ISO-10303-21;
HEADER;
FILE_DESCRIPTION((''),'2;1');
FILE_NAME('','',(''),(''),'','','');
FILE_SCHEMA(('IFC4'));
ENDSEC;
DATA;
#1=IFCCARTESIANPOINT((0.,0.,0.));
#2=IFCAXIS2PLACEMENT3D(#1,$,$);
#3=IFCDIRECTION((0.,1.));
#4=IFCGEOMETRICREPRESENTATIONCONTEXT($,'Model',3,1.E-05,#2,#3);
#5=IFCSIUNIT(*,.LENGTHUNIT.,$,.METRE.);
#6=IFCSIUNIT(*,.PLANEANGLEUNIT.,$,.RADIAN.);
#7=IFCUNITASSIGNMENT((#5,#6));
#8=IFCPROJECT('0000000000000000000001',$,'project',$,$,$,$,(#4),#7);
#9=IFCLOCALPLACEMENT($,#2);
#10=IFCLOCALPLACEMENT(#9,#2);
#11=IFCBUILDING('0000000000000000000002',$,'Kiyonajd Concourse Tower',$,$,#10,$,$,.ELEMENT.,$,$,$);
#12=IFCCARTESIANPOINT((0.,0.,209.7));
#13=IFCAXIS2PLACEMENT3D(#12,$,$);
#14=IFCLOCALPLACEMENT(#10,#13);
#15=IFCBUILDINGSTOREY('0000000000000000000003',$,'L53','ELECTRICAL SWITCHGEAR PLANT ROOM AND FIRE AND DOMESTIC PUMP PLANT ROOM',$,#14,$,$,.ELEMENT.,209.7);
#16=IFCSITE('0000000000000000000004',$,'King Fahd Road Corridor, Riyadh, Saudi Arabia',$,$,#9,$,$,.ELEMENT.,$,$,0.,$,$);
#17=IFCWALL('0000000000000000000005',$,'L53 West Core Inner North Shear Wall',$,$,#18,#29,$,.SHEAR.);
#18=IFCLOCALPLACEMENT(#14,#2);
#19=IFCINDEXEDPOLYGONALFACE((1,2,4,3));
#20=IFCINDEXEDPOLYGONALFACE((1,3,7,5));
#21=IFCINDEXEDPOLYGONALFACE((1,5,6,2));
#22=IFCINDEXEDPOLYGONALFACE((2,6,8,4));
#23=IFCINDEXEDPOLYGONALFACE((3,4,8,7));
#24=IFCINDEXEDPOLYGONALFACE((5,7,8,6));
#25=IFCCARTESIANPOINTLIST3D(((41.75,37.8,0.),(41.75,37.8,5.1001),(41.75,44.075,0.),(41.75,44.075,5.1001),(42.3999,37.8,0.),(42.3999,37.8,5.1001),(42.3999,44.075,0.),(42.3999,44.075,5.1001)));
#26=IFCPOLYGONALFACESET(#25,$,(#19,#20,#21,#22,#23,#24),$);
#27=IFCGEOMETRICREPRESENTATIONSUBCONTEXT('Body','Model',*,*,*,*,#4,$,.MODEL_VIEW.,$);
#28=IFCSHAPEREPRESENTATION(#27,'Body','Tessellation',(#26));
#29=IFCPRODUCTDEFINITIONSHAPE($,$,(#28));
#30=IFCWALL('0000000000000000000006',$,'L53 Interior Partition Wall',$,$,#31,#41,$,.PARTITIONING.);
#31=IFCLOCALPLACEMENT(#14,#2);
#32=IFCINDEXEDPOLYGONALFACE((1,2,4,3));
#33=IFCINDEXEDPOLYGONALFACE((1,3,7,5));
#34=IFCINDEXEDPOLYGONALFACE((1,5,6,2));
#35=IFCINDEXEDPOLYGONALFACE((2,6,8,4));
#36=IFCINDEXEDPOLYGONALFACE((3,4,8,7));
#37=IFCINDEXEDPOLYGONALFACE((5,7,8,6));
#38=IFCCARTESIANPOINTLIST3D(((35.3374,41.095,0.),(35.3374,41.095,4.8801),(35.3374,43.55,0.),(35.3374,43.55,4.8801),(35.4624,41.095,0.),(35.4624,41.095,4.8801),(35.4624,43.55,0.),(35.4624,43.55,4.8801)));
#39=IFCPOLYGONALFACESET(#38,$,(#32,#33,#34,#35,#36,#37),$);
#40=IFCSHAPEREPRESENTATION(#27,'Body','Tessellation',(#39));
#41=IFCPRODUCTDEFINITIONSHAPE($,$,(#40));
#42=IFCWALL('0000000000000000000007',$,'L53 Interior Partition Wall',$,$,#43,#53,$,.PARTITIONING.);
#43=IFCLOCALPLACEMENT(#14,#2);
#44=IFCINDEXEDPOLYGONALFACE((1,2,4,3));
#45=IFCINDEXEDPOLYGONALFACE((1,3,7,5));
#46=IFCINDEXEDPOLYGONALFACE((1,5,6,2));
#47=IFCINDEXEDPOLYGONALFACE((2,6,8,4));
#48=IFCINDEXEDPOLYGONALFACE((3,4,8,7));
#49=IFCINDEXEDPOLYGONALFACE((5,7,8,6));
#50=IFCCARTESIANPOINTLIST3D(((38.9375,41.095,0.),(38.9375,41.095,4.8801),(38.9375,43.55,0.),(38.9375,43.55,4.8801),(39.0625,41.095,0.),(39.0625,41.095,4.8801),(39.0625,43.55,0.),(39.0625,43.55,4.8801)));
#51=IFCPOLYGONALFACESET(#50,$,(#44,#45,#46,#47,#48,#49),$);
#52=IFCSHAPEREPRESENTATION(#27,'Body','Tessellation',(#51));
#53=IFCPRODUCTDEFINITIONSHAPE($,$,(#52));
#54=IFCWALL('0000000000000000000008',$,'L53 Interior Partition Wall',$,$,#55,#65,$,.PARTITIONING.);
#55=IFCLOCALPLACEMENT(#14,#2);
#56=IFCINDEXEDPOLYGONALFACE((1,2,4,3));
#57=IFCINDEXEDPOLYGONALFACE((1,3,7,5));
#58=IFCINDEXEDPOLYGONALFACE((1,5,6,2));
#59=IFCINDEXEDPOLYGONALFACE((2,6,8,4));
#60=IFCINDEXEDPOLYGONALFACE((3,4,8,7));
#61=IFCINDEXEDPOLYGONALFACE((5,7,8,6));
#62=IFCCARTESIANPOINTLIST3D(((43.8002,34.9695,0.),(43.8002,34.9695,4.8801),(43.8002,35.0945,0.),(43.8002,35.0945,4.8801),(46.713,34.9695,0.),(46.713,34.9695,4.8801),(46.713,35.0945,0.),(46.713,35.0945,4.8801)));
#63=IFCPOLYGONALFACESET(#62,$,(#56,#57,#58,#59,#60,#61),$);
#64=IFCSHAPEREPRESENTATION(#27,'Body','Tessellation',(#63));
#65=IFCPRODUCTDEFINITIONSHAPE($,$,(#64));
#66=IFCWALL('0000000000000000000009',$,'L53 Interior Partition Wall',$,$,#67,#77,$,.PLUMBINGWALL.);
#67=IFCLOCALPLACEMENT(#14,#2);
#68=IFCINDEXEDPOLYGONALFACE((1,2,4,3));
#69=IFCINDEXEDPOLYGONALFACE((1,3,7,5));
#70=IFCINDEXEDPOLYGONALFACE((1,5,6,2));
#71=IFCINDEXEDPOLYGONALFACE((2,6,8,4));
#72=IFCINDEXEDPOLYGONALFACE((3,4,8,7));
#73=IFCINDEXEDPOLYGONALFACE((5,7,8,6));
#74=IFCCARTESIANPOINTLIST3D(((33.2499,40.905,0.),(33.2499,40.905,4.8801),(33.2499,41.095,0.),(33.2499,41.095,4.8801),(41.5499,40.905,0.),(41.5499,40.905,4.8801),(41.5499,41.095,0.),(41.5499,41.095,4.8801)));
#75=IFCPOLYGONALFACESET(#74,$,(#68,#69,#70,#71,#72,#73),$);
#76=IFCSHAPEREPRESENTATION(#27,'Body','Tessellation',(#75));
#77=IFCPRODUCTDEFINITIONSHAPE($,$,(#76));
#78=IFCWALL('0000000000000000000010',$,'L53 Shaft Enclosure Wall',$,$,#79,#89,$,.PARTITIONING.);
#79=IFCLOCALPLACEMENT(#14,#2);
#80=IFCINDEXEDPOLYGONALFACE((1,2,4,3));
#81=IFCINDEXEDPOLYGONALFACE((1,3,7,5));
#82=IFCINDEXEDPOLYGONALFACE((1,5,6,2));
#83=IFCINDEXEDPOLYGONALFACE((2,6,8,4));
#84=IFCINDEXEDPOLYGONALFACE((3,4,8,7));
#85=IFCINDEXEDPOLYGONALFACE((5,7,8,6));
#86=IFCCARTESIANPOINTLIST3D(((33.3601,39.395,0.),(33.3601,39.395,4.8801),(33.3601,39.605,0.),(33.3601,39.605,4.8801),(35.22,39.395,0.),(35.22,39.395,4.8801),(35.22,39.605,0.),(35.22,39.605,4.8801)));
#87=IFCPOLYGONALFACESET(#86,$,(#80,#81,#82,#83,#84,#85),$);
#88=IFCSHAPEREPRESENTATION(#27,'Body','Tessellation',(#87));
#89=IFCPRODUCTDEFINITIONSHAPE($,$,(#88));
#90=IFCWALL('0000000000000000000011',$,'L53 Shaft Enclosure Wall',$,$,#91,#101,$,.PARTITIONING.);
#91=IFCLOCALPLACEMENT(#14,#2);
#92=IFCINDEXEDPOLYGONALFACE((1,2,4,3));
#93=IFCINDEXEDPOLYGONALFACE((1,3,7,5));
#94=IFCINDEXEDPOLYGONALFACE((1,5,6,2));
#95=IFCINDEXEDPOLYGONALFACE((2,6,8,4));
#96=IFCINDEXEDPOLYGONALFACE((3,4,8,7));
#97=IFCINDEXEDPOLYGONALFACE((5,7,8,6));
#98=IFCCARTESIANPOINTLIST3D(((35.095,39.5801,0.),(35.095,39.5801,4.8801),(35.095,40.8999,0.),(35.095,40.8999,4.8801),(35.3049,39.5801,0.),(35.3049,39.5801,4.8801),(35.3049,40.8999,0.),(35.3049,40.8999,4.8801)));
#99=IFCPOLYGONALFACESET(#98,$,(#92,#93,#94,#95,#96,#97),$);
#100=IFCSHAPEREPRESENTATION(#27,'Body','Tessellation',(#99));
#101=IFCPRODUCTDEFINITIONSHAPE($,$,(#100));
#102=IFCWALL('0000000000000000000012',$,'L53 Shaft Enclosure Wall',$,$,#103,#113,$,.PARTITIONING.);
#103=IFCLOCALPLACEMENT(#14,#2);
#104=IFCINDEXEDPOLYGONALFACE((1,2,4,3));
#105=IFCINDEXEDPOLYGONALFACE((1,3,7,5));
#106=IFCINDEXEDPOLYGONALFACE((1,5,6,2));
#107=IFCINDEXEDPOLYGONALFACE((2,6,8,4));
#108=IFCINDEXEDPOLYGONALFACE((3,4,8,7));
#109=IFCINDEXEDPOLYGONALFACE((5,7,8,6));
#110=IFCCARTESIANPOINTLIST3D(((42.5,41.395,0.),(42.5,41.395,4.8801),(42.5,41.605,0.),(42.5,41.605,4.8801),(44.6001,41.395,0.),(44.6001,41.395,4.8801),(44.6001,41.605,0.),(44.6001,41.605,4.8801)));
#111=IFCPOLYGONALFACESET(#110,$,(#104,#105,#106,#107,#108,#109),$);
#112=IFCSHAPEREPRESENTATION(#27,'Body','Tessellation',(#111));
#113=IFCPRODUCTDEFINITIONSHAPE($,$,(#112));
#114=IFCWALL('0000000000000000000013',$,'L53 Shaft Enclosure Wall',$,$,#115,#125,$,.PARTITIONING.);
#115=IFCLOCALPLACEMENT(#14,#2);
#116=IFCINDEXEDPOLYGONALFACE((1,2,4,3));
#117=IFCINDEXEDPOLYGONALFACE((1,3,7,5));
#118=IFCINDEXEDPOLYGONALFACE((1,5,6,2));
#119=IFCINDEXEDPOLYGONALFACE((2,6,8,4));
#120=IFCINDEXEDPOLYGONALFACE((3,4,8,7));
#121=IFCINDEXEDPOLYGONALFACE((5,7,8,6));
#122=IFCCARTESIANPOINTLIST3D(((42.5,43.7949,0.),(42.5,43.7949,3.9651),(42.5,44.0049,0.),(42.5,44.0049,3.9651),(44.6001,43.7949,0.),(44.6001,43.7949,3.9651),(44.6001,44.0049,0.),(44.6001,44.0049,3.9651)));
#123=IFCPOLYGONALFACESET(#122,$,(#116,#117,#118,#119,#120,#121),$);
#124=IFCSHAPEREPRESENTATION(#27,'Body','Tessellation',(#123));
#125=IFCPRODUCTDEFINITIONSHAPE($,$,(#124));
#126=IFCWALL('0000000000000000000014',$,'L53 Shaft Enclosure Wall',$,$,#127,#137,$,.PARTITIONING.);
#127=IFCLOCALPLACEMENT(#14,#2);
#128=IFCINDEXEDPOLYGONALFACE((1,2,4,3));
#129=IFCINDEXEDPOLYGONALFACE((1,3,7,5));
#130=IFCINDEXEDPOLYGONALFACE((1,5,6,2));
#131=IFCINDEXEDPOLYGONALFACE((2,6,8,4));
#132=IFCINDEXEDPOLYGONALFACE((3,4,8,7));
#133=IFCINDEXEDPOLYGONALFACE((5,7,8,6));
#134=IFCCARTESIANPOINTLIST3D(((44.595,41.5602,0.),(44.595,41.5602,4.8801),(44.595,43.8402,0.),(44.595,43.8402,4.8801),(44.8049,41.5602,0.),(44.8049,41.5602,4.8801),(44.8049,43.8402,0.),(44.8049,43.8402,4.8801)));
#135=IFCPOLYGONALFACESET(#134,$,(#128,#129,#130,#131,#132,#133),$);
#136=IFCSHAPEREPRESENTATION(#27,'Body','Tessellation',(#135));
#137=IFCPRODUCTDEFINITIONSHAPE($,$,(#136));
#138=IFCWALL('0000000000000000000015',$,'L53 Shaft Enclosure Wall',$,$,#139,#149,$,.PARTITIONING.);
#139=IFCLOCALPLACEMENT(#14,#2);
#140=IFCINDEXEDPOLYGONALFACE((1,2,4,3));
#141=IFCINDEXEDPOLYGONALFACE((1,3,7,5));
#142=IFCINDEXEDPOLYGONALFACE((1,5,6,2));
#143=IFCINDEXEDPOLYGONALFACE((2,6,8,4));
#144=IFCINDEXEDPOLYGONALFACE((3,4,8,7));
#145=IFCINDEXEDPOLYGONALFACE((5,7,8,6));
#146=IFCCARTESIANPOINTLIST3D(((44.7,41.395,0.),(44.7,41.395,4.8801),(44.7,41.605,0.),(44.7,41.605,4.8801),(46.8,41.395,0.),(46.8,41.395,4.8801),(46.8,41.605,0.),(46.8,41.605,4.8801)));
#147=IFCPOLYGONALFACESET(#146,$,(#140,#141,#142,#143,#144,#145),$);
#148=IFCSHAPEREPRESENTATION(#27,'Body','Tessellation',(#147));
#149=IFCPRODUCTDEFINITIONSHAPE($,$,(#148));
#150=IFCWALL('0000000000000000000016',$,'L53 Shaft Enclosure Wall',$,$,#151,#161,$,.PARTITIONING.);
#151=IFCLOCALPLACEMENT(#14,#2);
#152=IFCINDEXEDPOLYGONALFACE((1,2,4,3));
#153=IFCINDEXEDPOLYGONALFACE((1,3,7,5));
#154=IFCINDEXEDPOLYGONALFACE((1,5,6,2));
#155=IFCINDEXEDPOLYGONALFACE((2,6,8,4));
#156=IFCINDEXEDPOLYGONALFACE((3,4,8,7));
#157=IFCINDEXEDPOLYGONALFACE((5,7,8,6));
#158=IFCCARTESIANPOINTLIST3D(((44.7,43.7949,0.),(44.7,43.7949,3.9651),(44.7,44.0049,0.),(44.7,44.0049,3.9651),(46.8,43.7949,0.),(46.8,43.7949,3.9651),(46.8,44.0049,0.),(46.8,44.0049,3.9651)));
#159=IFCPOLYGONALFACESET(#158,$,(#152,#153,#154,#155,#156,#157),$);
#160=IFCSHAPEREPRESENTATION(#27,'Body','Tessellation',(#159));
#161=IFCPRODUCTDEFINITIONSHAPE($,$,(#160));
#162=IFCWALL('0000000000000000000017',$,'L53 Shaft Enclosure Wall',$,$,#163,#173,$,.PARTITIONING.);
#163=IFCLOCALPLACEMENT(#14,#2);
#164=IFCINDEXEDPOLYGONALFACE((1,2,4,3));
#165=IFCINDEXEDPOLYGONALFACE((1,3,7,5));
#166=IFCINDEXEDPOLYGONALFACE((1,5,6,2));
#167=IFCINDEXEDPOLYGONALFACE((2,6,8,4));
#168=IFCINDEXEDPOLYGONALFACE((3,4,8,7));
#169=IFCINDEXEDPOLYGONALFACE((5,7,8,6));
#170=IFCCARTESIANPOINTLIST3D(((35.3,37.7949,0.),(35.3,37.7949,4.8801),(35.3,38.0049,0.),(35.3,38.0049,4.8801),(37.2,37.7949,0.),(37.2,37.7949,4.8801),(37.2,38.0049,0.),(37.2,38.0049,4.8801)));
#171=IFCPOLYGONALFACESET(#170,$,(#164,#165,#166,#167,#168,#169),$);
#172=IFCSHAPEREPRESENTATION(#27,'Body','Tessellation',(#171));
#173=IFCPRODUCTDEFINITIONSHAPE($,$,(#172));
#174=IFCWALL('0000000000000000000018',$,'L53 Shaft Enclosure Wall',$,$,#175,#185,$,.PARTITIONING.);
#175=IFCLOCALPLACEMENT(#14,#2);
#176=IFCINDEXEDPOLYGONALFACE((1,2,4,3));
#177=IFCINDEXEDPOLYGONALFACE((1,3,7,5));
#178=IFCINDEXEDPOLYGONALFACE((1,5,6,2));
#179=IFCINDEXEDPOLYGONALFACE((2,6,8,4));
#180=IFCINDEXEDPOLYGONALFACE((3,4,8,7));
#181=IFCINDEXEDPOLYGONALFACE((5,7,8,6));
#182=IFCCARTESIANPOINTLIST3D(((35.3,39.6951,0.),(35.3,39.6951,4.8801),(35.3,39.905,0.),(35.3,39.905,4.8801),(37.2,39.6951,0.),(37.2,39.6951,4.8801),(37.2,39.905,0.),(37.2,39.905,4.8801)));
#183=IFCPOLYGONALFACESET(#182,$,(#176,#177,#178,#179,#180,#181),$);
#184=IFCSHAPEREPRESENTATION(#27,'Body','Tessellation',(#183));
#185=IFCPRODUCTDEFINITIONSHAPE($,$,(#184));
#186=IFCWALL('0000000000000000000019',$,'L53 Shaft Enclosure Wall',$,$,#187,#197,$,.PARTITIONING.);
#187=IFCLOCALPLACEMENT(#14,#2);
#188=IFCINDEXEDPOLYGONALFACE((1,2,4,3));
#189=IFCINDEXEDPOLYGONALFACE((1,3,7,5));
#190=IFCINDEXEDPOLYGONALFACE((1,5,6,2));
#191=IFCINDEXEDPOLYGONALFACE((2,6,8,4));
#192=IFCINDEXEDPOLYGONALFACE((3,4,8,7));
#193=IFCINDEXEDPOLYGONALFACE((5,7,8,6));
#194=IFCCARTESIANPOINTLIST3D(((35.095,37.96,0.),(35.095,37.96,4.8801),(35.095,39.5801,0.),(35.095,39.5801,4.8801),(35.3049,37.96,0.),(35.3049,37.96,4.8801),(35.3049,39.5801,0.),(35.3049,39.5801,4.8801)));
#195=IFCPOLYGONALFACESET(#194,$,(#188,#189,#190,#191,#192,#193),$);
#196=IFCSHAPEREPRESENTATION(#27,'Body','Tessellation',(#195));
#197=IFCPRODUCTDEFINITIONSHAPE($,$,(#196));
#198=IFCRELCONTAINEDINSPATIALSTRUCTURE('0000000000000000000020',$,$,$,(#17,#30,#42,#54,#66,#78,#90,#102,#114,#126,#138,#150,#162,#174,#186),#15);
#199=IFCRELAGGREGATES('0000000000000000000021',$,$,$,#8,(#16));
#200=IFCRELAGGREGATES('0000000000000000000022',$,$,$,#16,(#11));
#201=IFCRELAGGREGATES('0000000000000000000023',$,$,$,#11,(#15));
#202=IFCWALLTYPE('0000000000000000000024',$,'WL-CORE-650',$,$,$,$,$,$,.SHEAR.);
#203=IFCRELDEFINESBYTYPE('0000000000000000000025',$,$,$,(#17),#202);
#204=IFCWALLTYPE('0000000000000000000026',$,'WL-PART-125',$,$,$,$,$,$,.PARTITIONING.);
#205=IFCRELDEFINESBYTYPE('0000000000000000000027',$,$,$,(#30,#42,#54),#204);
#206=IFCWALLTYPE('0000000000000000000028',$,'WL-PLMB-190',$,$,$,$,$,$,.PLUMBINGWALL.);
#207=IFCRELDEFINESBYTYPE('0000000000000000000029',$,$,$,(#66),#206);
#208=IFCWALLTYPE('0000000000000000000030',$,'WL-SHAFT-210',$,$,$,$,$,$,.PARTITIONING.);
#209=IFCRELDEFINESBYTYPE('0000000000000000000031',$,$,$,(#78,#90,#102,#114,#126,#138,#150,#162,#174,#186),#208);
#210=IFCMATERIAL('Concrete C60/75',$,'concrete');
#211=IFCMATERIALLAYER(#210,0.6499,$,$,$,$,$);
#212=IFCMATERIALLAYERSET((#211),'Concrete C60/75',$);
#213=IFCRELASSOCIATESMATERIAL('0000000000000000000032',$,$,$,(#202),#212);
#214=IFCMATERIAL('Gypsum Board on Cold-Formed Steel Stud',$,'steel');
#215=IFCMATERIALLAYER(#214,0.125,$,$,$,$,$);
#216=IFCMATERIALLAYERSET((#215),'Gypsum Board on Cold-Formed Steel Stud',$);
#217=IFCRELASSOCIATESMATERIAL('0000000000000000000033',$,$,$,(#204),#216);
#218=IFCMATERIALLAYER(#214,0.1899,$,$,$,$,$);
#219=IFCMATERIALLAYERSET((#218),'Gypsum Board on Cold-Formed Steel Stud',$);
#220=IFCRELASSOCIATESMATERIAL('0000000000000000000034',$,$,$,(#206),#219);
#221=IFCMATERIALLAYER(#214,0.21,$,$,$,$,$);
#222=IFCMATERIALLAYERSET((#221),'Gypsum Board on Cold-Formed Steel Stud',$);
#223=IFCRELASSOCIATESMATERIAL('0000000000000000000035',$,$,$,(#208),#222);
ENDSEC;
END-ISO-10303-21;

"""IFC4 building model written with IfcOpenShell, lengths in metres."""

from ifc_helpers import new_model, si_unit, direction, frame, frame_2d, origin, place, context, subcontext, project, spatial, rectangle, extrude, material, layer, layer_set, type_object, element, save


model = new_model("IFC4")

# Units and contexts
model_context = context("Model", 3, precision=1e-05, world=origin(), true_north=direction((0.0, 1.0)))
body_context = subcontext(model_context, "Body", "Model", "MODEL_VIEW")
ifc_project = project(units=[si_unit("LENGTHUNIT", "METRE"), si_unit("PLANEANGLEUNIT", "RADIAN")], contexts=[model_context])

# Site, building, storey
site_placement = place(None, origin())
site = spatial("IfcSite", under=ifc_project, at=site_placement, Name="King Fahd Road Corridor, Riyadh, Saudi Arabia", CompositionType="ELEMENT", RefElevation=0.0)
building_placement = place(site_placement, origin())
building = spatial("IfcBuilding", under=site, at=building_placement, Name="Kiyonajd Concourse Tower", CompositionType="ELEMENT")
storey_placement = place(building_placement, frame((0.0, 0.0, 209.7)))
storey = spatial("IfcBuildingStorey", under=building, at=storey_placement, Name="L53", Description="ELECTRICAL SWITCHGEAR PLANT ROOM AND FIRE AND DOMESTIC PUMP PLANT ROOM", CompositionType="ELEMENT", Elevation=209.7)

# Walls
ifc_material_1 = material(Name="Concrete C60/75", Category="concrete")
ifc_layer_1 = layer(ifc_material_1, 0.6499)
ifc_layer_set_1 = layer_set([ifc_layer_1], Name="Concrete C60/75")
wall_type_1 = type_object("IfcWallType", Name="WL-CORE-650", PredefinedType="SHEAR", material=ifc_layer_set_1)
wall_1_placement = place(storey_placement, frame((42.075, 37.8, 0.0), z_axis=(0.0, 0.0, 1.0), x_axis=(0.0, 1.0, 0.0)))
element("IfcWall", 1, at=wall_1_placement, inside=storey, type_object=wall_type_1, Name="L53 West Core Inner North Shear Wall", PredefinedType="SHEAR", context=body_context, shape_type="SweptSolid", body=[
    extrude(rectangle(XDim=6.2749, YDim=0.6499, at=frame_2d((3.1375, 0.0))), origin(), (0.0, 0.0, 1.0), 5.1001),
])
ifc_material_2 = material(Name="Gypsum Board on Cold-Formed Steel Stud", Category="steel")
ifc_layer_2 = layer(ifc_material_2, 0.125)
ifc_layer_set_2 = layer_set([ifc_layer_2], Name="Gypsum Board on Cold-Formed Steel Stud")
wall_type_2 = type_object("IfcWallType", Name="WL-PART-125", PredefinedType="PARTITIONING", material=ifc_layer_set_2)
for number, where, z_axis, x_axis, name in (
    (2, (35.3999, 41.095, 0.0), (0.0, 0.0, 1.0), (0.0, 1.0, 0.0), "L53 Interior Partition Wall"),
    (3, (39.0, 41.095, 0.0), (0.0, 0.0, 1.0), (0.0, 1.0, 0.0), "L53 Interior Partition Wall"),
):
    element("IfcWall", number, at=place(storey_placement, frame(where, z_axis=z_axis, x_axis=x_axis)), inside=storey, type_object=wall_type_2, Name=name, PredefinedType="PARTITIONING", context=body_context, shape_type="SweptSolid", body=[
        extrude(rectangle(XDim=2.4551, YDim=0.125, at=frame_2d((1.2275, 0.0))), origin(), (0.0, 0.0, 1.0), 4.8801),
    ])
wall_2_placement = place(storey_placement, frame((43.8, 35.032, 0.0), z_axis=(0.0, 0.0, 1.0), x_axis=(1.0, 0.0, 0.0)))
element("IfcWall", 4, at=wall_2_placement, inside=storey, type_object=wall_type_2, Name="L53 Interior Partition Wall", PredefinedType="PARTITIONING", context=body_context, shape_type="SweptSolid", body=[
    extrude(rectangle(XDim=2.9128, YDim=0.125, at=frame_2d((1.4565, 0.0))), origin(), (0.0, 0.0, 1.0), 4.8801),
])
ifc_layer_3 = layer(ifc_material_2, 0.1899)
ifc_layer_set_3 = layer_set([ifc_layer_3], Name="Gypsum Board on Cold-Formed Steel Stud")
wall_type_3 = type_object("IfcWallType", Name="WL-PLMB-190", PredefinedType="PLUMBINGWALL", material=ifc_layer_set_3)
wall_3_placement = place(storey_placement, frame((33.25, 41.0, 0.0), z_axis=(0.0, 0.0, 1.0), x_axis=(1.0, 0.0, 0.0)))
element("IfcWall", 5, at=wall_3_placement, inside=storey, type_object=wall_type_3, Name="L53 Interior Partition Wall", PredefinedType="PLUMBINGWALL", context=body_context, shape_type="SweptSolid", body=[
    extrude(rectangle(XDim=8.3, YDim=0.1899, at=frame_2d((4.1499, 0.0))), origin(), (0.0, 0.0, 1.0), 4.8801),
])
ifc_layer_4 = layer(ifc_material_2, 0.21)
ifc_layer_set_4 = layer_set([ifc_layer_4], Name="Gypsum Board on Cold-Formed Steel Stud")
wall_type_4 = type_object("IfcWallType", Name="WL-SHAFT-210", PredefinedType="PARTITIONING", material=ifc_layer_set_4)
wall_4_placement = place(storey_placement, frame((33.3601, 39.5, 0.0), z_axis=(0.0, 0.0, 1.0), x_axis=(1.0, 0.0, 0.0)))
element("IfcWall", 6, at=wall_4_placement, inside=storey, type_object=wall_type_4, Name="L53 Shaft Enclosure Wall", PredefinedType="PARTITIONING", context=body_context, shape_type="SweptSolid", body=[
    extrude(rectangle(XDim=1.8599, YDim=0.21, at=frame_2d((0.9299, 0.0))), origin(), (0.0, 0.0, 1.0), 4.8801),
])
wall_5_placement = place(storey_placement, frame((35.2, 39.5801, 0.0), z_axis=(0.0, 0.0, 1.0), x_axis=(0.0, 1.0, 0.0)))
element("IfcWall", 7, at=wall_5_placement, inside=storey, type_object=wall_type_4, Name="L53 Shaft Enclosure Wall", PredefinedType="PARTITIONING", context=body_context, shape_type="SweptSolid", body=[
    extrude(rectangle(XDim=1.3198, YDim=0.21, at=frame_2d((0.6599, 0.0))), origin(), (0.0, 0.0, 1.0), 4.8801),
])
wall_6_placement = place(storey_placement, frame((42.5, 41.5, 0.0), z_axis=(0.0, 0.0, 1.0), x_axis=(1.0, 0.0, 0.0)))
element("IfcWall", 8, at=wall_6_placement, inside=storey, type_object=wall_type_4, Name="L53 Shaft Enclosure Wall", PredefinedType="PARTITIONING", context=body_context, shape_type="SweptSolid", body=[
    extrude(rectangle(XDim=2.1001, YDim=0.21, at=frame_2d((1.05, 0.0))), origin(), (0.0, 0.0, 1.0), 4.8801),
])
wall_7_placement = place(storey_placement, frame((42.5, 43.8999, 0.0), z_axis=(0.0, 0.0, 1.0), x_axis=(1.0, 0.0, 0.0)))
element("IfcWall", 9, at=wall_7_placement, inside=storey, type_object=wall_type_4, Name="L53 Shaft Enclosure Wall", PredefinedType="PARTITIONING", context=body_context, shape_type="SweptSolid", body=[
    extrude(rectangle(XDim=2.1001, YDim=0.21, at=frame_2d((1.05, 0.0))), origin(), (0.0, 0.0, 1.0), 3.9651),
])
wall_8_placement = place(storey_placement, frame((44.7, 41.5601, 0.0), z_axis=(0.0, 0.0, 1.0), x_axis=(0.0, 1.0, 0.0)))
element("IfcWall", 10, at=wall_8_placement, inside=storey, type_object=wall_type_4, Name="L53 Shaft Enclosure Wall", PredefinedType="PARTITIONING", context=body_context, shape_type="SweptSolid", body=[
    extrude(rectangle(XDim=2.28, YDim=0.21, at=frame_2d((1.1401, 0.0))), origin(), (0.0, 0.0, 1.0), 4.8801),
])
wall_9_placement = place(storey_placement, frame((44.7, 41.5, 0.0), z_axis=(0.0, 0.0, 1.0), x_axis=(1.0, 0.0, 0.0)))
element("IfcWall", 11, at=wall_9_placement, inside=storey, type_object=wall_type_4, Name="L53 Shaft Enclosure Wall", PredefinedType="PARTITIONING", context=body_context, shape_type="SweptSolid", body=[
    extrude(rectangle(XDim=2.1001, YDim=0.21, at=frame_2d((1.05, 0.0))), origin(), (0.0, 0.0, 1.0), 4.8801),
])
wall_10_placement = place(storey_placement, frame((44.7, 43.8999, 0.0), z_axis=(0.0, 0.0, 1.0), x_axis=(1.0, 0.0, 0.0)))
element("IfcWall", 12, at=wall_10_placement, inside=storey, type_object=wall_type_4, Name="L53 Shaft Enclosure Wall", PredefinedType="PARTITIONING", context=body_context, shape_type="SweptSolid", body=[
    extrude(rectangle(XDim=2.1001, YDim=0.21, at=frame_2d((1.05, 0.0))), origin(), (0.0, 0.0, 1.0), 3.9651),
])
for number, where, z_axis, x_axis, name in (
    (13, (35.3, 37.8999, 0.0), (0.0, 0.0, 1.0), (1.0, 0.0, 0.0), "L53 Shaft Enclosure Wall"),
    (14, (35.3, 39.8, 0.0), (0.0, 0.0, 1.0), (1.0, 0.0, 0.0), "L53 Shaft Enclosure Wall"),
):
    element("IfcWall", number, at=place(storey_placement, frame(where, z_axis=z_axis, x_axis=x_axis)), inside=storey, type_object=wall_type_4, Name=name, PredefinedType="PARTITIONING", context=body_context, shape_type="SweptSolid", body=[
        extrude(rectangle(XDim=1.8999, YDim=0.21, at=frame_2d((0.95, 0.0))), origin(), (0.0, 0.0, 1.0), 4.8801),
    ])
wall_11_placement = place(storey_placement, frame((35.2, 37.96, 0.0), z_axis=(0.0, 0.0, 1.0), x_axis=(0.0, 1.0, 0.0)))
element("IfcWall", 15, at=wall_11_placement, inside=storey, type_object=wall_type_4, Name="L53 Shaft Enclosure Wall", PredefinedType="PARTITIONING", context=body_context, shape_type="SweptSolid", body=[
    extrude(rectangle(XDim=1.6201, YDim=0.21, at=frame_2d((0.8101, 0.0))), origin(), (0.0, 0.0, 1.0), 4.8801),
])

save(model, "model.ifc")
